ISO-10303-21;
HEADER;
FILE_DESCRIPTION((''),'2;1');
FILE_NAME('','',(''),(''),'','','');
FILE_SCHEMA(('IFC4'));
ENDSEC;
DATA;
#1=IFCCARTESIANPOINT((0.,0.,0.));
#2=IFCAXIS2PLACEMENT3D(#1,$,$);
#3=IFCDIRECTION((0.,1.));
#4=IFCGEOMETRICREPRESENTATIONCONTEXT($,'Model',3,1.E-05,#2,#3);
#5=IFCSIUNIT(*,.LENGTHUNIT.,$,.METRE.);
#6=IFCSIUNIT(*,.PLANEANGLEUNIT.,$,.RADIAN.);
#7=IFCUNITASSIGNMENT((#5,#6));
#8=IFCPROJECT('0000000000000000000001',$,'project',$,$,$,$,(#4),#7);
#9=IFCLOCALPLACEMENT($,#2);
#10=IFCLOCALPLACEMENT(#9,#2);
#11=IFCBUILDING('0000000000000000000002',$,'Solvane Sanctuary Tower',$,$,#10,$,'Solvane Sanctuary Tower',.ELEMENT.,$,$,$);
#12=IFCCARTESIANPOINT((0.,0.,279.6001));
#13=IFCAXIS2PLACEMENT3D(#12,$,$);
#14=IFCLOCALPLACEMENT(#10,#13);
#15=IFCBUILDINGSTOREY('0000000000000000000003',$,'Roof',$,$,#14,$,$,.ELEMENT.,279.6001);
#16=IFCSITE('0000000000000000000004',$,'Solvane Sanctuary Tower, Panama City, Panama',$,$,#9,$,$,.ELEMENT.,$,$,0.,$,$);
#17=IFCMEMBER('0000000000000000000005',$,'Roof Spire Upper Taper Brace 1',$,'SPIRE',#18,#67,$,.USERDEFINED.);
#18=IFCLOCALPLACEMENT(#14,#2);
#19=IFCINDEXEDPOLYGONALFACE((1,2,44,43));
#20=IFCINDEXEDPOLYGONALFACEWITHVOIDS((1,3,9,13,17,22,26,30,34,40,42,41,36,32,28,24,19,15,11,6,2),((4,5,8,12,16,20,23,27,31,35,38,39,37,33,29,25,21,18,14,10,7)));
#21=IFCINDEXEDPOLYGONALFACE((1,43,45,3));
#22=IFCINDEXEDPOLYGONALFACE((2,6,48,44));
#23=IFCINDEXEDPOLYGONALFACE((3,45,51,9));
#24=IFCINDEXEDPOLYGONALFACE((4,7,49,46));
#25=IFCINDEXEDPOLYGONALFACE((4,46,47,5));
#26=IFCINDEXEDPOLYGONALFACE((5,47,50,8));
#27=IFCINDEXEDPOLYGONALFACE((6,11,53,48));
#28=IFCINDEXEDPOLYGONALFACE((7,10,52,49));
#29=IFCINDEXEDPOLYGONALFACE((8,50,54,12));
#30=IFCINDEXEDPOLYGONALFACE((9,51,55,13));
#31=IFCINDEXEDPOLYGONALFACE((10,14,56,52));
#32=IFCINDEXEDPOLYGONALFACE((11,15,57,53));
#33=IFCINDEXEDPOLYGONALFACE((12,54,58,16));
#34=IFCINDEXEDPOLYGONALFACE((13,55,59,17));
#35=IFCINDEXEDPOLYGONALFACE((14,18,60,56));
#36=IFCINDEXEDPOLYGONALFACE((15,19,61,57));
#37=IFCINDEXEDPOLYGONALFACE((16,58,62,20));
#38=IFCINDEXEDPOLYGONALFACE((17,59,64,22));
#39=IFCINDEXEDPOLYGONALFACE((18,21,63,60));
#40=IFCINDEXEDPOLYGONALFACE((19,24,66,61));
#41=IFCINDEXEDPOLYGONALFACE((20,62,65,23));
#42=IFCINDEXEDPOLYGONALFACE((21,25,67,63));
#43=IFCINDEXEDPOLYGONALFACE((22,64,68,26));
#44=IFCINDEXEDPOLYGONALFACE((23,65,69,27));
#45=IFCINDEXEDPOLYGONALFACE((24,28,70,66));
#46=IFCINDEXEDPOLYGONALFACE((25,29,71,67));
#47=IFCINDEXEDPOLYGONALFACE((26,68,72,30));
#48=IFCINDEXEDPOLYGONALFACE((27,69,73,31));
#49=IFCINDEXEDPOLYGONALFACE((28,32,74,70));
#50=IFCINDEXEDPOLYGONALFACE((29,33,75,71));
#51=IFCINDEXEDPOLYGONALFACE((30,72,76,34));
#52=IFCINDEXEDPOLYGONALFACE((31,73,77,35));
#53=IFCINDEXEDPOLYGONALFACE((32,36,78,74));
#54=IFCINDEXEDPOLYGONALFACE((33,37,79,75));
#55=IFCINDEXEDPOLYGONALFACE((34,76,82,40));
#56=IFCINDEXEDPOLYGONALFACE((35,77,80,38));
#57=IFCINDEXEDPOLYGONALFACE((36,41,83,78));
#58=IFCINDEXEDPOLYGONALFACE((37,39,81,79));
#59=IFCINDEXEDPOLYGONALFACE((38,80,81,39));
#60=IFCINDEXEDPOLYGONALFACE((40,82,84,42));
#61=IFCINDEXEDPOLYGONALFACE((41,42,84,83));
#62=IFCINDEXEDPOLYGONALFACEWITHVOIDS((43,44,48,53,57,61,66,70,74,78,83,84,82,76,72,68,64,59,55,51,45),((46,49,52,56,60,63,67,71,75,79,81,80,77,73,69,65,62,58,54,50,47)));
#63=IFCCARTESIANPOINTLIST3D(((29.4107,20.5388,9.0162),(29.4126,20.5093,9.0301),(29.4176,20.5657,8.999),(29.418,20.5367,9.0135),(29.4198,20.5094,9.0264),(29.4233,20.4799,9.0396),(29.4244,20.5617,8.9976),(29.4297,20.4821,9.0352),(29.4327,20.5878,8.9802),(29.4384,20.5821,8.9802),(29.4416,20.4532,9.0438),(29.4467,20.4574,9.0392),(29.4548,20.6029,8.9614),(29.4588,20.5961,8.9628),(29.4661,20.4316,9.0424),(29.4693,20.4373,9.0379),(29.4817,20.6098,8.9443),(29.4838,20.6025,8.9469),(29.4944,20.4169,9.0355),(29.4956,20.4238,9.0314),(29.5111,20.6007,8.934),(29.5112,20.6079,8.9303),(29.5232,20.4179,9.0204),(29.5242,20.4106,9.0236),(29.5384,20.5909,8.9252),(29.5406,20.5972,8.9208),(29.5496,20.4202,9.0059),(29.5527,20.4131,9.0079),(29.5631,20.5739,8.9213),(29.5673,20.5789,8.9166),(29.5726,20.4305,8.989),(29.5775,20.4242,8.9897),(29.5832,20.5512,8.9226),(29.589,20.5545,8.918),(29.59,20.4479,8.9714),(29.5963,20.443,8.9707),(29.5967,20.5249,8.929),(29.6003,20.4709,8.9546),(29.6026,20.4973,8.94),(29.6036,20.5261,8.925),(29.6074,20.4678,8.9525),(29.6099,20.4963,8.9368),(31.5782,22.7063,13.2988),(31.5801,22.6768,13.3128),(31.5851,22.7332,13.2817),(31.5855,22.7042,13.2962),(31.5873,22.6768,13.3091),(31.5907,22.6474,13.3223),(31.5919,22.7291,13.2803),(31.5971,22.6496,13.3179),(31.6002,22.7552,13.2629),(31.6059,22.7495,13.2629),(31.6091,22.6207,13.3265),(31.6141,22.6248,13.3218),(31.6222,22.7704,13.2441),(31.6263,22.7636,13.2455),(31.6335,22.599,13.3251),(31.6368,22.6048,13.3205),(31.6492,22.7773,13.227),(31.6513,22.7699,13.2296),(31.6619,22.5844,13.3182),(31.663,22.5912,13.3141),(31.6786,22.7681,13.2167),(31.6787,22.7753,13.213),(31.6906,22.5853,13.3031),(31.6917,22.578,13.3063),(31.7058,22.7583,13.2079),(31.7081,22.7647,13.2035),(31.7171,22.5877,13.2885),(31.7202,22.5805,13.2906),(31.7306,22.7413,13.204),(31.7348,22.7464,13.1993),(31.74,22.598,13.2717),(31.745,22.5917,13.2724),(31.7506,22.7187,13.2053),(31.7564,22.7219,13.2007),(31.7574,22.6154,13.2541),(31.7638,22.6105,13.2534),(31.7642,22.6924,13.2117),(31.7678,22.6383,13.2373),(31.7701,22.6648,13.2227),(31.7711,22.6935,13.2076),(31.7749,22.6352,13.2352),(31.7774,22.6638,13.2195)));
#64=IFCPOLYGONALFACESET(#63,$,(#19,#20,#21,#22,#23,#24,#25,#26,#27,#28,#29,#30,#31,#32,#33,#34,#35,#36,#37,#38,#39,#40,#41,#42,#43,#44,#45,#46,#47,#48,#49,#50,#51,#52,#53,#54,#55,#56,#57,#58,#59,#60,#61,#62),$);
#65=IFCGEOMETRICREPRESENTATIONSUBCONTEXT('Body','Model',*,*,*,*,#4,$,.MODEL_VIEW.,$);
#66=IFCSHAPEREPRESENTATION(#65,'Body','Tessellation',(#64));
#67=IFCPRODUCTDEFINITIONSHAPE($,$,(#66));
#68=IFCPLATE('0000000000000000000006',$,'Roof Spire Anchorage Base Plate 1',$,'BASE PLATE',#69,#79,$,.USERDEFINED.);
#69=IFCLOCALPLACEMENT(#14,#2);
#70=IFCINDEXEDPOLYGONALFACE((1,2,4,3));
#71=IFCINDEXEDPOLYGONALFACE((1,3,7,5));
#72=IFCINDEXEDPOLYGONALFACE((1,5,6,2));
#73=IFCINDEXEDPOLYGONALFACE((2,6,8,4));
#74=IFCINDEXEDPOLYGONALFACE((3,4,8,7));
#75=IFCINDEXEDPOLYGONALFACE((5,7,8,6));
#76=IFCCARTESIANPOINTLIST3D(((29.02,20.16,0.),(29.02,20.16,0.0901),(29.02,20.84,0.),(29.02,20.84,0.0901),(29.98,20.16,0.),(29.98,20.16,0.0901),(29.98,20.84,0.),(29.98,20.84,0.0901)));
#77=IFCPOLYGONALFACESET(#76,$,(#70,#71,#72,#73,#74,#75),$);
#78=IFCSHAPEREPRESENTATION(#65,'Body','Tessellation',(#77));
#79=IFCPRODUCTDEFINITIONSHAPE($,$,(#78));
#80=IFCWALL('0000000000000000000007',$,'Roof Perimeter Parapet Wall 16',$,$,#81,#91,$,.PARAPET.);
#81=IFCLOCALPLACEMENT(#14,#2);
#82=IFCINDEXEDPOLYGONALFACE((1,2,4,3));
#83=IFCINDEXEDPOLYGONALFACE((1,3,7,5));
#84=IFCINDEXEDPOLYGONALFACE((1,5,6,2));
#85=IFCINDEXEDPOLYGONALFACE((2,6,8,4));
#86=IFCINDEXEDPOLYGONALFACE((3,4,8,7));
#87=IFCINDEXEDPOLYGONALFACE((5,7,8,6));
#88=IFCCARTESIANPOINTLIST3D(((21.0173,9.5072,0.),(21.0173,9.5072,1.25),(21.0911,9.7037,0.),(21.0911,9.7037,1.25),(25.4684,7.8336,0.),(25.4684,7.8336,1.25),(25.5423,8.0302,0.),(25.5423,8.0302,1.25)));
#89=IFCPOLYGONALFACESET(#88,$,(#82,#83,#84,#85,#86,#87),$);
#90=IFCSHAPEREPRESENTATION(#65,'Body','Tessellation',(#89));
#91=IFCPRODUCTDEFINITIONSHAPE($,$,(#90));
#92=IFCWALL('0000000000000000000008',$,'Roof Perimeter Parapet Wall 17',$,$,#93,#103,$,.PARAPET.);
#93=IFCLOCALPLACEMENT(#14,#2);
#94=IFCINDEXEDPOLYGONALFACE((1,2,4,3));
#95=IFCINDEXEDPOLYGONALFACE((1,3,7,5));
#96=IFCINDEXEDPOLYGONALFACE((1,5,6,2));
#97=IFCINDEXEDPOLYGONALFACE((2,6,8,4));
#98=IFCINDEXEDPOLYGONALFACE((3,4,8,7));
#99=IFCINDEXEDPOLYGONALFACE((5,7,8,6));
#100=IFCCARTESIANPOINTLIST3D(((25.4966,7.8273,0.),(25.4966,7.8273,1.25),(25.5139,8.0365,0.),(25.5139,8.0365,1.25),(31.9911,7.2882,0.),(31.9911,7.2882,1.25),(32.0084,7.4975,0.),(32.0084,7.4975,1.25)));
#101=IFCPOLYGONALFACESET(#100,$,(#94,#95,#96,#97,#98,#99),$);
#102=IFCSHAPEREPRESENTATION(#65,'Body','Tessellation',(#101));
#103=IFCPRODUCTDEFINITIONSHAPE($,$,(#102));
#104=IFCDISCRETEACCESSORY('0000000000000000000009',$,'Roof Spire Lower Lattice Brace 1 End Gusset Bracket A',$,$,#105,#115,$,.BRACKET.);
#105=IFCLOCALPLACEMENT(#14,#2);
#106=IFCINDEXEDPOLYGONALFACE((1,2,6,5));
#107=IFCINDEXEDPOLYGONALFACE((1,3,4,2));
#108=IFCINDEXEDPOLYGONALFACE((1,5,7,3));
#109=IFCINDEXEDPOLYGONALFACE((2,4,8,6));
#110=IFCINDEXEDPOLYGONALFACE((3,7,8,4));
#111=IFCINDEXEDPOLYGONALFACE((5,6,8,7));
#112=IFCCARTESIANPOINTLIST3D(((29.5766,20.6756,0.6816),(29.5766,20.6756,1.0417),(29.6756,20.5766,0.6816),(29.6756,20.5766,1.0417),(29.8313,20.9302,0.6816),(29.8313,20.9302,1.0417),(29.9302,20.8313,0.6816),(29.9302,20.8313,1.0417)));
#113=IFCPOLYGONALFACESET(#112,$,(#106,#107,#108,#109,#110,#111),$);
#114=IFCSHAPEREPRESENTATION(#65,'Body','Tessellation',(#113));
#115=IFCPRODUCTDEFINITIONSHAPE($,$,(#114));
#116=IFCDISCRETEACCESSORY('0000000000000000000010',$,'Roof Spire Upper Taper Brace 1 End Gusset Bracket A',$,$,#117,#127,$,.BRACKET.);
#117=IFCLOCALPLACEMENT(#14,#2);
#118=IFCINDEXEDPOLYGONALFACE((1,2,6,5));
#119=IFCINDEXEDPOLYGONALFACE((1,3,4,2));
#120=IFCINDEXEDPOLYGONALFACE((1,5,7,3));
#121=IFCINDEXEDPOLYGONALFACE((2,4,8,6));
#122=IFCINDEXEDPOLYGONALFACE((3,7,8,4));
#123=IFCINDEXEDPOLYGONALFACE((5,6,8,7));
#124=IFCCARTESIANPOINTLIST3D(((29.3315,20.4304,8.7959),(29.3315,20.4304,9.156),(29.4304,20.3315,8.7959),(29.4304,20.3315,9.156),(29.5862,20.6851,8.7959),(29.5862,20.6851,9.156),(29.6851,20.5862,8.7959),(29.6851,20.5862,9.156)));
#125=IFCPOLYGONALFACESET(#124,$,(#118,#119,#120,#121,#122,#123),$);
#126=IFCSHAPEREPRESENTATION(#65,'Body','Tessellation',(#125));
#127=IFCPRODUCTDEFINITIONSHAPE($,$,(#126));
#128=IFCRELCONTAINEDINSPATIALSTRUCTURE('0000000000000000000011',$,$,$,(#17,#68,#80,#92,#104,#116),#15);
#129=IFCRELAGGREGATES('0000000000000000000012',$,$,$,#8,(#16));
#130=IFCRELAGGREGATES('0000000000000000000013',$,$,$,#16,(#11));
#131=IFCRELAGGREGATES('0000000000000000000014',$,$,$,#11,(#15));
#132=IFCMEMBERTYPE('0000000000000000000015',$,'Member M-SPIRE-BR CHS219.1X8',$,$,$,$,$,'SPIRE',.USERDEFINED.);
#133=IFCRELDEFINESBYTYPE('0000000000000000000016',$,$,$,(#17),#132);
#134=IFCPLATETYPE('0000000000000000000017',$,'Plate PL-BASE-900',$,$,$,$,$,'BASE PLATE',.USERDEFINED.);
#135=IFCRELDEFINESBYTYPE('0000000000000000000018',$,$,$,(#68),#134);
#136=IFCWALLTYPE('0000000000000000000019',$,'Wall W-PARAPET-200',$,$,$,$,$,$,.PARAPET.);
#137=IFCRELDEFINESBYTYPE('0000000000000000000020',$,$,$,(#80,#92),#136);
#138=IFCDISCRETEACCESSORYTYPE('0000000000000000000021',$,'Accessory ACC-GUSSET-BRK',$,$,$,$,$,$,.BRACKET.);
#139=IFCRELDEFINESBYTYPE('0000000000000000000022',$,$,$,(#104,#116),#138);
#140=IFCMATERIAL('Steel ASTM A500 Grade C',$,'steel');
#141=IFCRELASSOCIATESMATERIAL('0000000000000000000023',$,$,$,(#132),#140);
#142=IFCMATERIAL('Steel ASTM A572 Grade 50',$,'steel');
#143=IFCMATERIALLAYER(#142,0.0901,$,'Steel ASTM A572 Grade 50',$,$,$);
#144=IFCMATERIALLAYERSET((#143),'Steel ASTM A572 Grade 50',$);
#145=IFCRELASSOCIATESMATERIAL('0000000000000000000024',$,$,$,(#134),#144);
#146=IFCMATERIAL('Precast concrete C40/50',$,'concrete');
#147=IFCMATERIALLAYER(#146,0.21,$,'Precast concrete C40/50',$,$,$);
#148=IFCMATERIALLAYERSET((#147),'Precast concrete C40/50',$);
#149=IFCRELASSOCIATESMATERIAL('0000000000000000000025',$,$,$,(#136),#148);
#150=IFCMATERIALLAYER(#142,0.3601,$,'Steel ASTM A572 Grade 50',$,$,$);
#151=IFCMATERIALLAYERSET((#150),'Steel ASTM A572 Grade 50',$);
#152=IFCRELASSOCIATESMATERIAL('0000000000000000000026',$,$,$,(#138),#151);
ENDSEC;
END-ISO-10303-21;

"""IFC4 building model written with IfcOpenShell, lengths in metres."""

from ifc_helpers import new_model, si_unit, direction, frame, frame_2d, origin, origin_2d, place, context, subcontext, project, spatial, rectangle, hollow_circle, extrude, material, layer, layer_set, material_profile, profile_set, type_object, element, save


model = new_model("IFC4")

# Units and contexts
model_context = context("Model", 3, precision=1e-05, world=origin(), true_north=direction((0.0, 1.0)))
body_context = subcontext(model_context, "Body", "Model", "MODEL_VIEW")
ifc_project = project(units=[si_unit("LENGTHUNIT", "METRE"), si_unit("PLANEANGLEUNIT", "RADIAN")], contexts=[model_context])

# Site, building, storey
site_placement = place(None, origin())
site = spatial("IfcSite", under=ifc_project, at=site_placement, Name="Solvane Sanctuary Tower, Panama City, Panama", CompositionType="ELEMENT", RefElevation=0.0)
building_placement = place(site_placement, origin())
building = spatial("IfcBuilding", under=site, at=building_placement, Name="Solvane Sanctuary Tower", LongName="Solvane Sanctuary Tower", CompositionType="ELEMENT")
storey_placement = place(building_placement, frame((0.0, 0.0, 279.6001)))
storey = spatial("IfcBuildingStorey", under=building, at=storey_placement, Name="Roof", CompositionType="ELEMENT", Elevation=279.6001)

# Member
ifc_material_1 = material(Name="Steel ASTM A500 Grade C", Category="steel")
ifc_material_profile_1 = material_profile(ifc_material_1, hollow_circle(Radius=0.1096, WallThickness=0.0081, at=origin_2d()), Name="CHS219.1X8")
ifc_profile_set_1 = profile_set([ifc_material_profile_1], Name="Steel ASTM A500 Grade C")
member_type = type_object("IfcMemberType", Name="Member M-SPIRE-BR CHS219.1X8", ElementType="SPIRE", PredefinedType="USERDEFINED", material=ifc_profile_set_1)
member_1_placement = place(storey_placement, frame((29.5103, 20.5103, 8.9802), z_axis=(0.411548, 0.411548, 0.813176), x_axis=(-0.707107, 0.707107, 0.0)))
element("IfcMember", 1, at=member_1_placement, inside=storey, type_object=member_type, Name="Roof Spire Upper Taper Brace 1", ObjectType="SPIRE", PredefinedType="USERDEFINED", context=body_context, shape_type="SweptSolid", body=[
    extrude(hollow_circle(Radius=0.1096, WallThickness=0.0081, at=origin_2d()), origin(), (0.0, 0.0, 1.0), 5.2666),
])

# Plate
ifc_material_2 = material(Name="Steel ASTM A572 Grade 50", Category="steel")
ifc_layer_1 = layer(ifc_material_2, 0.0901, Name="Steel ASTM A572 Grade 50")
ifc_layer_set_1 = layer_set([ifc_layer_1], Name="Steel ASTM A572 Grade 50")
plate_type = type_object("IfcPlateType", Name="Plate PL-BASE-900", ElementType="BASE PLATE", PredefinedType="USERDEFINED", material=ifc_layer_set_1)
plate_placement = place(storey_placement, frame((29.5, 20.5, 0.0), z_axis=(0.0, 0.0, 1.0), x_axis=(1.0, 0.0, 0.0)))
element("IfcPlate", 2, at=plate_placement, inside=storey, type_object=plate_type, Name="Roof Spire Anchorage Base Plate 1", ObjectType="BASE PLATE", PredefinedType="USERDEFINED", context=body_context, shape_type="SweptSolid", body=[
    extrude(rectangle(XDim=0.96, YDim=0.6799, at=origin_2d()), origin(), (0.0, 0.0, 1.0), 0.0901),
])

# Walls
ifc_material_3 = material(Name="Precast concrete C40/50", Category="concrete")
ifc_layer_2 = layer(ifc_material_3, 0.21, Name="Precast concrete C40/50")
ifc_layer_set_2 = layer_set([ifc_layer_2], Name="Precast concrete C40/50")
wall_type = type_object("IfcWallType", Name="Wall W-PARAPET-200", PredefinedType="PARAPET", material=ifc_layer_set_2)
wall_1_placement = place(storey_placement, frame((21.0542, 9.6055, 0.0), z_axis=(0.0, 0.0, 1.0), x_axis=(0.936025, -0.351933, 0.0)))
element("IfcWall", 3, at=wall_1_placement, inside=storey, type_object=wall_type, Name="Roof Perimeter Parapet Wall 16", PredefinedType="PARAPET", context=body_context, shape_type="SweptSolid", body=[
    extrude(rectangle(XDim=4.7554, YDim=0.21, at=frame_2d((2.3777, 0.0))), origin(), (0.0, 0.0, 1.0), 1.25),
])
wall_2_placement = place(storey_placement, frame((25.5054, 7.9319, 0.0), z_axis=(0.0, 0.0, 1.0), x_axis=(0.996573, -0.082717, 0.0)))
element("IfcWall", 4, at=wall_2_placement, inside=storey, type_object=wall_type, Name="Roof Perimeter Parapet Wall 17", PredefinedType="PARAPET", context=body_context, shape_type="SweptSolid", body=[
    extrude(rectangle(XDim=6.5168, YDim=0.21, at=frame_2d((3.2583, 0.0))), origin(), (0.0, 0.0, 1.0), 1.25),
])

# Discrete accessories
ifc_layer_3 = layer(ifc_material_2, 0.3601, Name="Steel ASTM A572 Grade 50")
ifc_layer_set_3 = layer_set([ifc_layer_3], Name="Steel ASTM A572 Grade 50")
discrete_accessory_type = type_object("IfcDiscreteAccessoryType", Name="Accessory ACC-GUSSET-BRK", PredefinedType="BRACKET", material=ifc_layer_set_3)
for number, where, z_axis, x_axis, name in (
    (5, (29.7534, 20.7534, 0.6816), (0.0, 0.0, 1.0), (0.707107, 0.707107, 0.0), "Roof Spire Lower Lattice Brace 1 End Gusset Bracket A"),
    (6, (29.5083, 20.5083, 8.7959), (0.0, 0.0, 1.0), (0.707107, 0.707107, 0.0), "Roof Spire Upper Taper Brace 1 End Gusset Bracket A"),
):
    element("IfcDiscreteAccessory", number, at=place(storey_placement, frame(where, z_axis=z_axis, x_axis=x_axis)), inside=storey, type_object=discrete_accessory_type, Name=name, PredefinedType="BRACKET", context=body_context, shape_type="SweptSolid", body=[
        extrude(rectangle(XDim=0.3601, YDim=0.1399, at=origin_2d()), origin(), (0.0, 0.0, 1.0), 0.3601),
    ])

save(model, "model.ifc")
